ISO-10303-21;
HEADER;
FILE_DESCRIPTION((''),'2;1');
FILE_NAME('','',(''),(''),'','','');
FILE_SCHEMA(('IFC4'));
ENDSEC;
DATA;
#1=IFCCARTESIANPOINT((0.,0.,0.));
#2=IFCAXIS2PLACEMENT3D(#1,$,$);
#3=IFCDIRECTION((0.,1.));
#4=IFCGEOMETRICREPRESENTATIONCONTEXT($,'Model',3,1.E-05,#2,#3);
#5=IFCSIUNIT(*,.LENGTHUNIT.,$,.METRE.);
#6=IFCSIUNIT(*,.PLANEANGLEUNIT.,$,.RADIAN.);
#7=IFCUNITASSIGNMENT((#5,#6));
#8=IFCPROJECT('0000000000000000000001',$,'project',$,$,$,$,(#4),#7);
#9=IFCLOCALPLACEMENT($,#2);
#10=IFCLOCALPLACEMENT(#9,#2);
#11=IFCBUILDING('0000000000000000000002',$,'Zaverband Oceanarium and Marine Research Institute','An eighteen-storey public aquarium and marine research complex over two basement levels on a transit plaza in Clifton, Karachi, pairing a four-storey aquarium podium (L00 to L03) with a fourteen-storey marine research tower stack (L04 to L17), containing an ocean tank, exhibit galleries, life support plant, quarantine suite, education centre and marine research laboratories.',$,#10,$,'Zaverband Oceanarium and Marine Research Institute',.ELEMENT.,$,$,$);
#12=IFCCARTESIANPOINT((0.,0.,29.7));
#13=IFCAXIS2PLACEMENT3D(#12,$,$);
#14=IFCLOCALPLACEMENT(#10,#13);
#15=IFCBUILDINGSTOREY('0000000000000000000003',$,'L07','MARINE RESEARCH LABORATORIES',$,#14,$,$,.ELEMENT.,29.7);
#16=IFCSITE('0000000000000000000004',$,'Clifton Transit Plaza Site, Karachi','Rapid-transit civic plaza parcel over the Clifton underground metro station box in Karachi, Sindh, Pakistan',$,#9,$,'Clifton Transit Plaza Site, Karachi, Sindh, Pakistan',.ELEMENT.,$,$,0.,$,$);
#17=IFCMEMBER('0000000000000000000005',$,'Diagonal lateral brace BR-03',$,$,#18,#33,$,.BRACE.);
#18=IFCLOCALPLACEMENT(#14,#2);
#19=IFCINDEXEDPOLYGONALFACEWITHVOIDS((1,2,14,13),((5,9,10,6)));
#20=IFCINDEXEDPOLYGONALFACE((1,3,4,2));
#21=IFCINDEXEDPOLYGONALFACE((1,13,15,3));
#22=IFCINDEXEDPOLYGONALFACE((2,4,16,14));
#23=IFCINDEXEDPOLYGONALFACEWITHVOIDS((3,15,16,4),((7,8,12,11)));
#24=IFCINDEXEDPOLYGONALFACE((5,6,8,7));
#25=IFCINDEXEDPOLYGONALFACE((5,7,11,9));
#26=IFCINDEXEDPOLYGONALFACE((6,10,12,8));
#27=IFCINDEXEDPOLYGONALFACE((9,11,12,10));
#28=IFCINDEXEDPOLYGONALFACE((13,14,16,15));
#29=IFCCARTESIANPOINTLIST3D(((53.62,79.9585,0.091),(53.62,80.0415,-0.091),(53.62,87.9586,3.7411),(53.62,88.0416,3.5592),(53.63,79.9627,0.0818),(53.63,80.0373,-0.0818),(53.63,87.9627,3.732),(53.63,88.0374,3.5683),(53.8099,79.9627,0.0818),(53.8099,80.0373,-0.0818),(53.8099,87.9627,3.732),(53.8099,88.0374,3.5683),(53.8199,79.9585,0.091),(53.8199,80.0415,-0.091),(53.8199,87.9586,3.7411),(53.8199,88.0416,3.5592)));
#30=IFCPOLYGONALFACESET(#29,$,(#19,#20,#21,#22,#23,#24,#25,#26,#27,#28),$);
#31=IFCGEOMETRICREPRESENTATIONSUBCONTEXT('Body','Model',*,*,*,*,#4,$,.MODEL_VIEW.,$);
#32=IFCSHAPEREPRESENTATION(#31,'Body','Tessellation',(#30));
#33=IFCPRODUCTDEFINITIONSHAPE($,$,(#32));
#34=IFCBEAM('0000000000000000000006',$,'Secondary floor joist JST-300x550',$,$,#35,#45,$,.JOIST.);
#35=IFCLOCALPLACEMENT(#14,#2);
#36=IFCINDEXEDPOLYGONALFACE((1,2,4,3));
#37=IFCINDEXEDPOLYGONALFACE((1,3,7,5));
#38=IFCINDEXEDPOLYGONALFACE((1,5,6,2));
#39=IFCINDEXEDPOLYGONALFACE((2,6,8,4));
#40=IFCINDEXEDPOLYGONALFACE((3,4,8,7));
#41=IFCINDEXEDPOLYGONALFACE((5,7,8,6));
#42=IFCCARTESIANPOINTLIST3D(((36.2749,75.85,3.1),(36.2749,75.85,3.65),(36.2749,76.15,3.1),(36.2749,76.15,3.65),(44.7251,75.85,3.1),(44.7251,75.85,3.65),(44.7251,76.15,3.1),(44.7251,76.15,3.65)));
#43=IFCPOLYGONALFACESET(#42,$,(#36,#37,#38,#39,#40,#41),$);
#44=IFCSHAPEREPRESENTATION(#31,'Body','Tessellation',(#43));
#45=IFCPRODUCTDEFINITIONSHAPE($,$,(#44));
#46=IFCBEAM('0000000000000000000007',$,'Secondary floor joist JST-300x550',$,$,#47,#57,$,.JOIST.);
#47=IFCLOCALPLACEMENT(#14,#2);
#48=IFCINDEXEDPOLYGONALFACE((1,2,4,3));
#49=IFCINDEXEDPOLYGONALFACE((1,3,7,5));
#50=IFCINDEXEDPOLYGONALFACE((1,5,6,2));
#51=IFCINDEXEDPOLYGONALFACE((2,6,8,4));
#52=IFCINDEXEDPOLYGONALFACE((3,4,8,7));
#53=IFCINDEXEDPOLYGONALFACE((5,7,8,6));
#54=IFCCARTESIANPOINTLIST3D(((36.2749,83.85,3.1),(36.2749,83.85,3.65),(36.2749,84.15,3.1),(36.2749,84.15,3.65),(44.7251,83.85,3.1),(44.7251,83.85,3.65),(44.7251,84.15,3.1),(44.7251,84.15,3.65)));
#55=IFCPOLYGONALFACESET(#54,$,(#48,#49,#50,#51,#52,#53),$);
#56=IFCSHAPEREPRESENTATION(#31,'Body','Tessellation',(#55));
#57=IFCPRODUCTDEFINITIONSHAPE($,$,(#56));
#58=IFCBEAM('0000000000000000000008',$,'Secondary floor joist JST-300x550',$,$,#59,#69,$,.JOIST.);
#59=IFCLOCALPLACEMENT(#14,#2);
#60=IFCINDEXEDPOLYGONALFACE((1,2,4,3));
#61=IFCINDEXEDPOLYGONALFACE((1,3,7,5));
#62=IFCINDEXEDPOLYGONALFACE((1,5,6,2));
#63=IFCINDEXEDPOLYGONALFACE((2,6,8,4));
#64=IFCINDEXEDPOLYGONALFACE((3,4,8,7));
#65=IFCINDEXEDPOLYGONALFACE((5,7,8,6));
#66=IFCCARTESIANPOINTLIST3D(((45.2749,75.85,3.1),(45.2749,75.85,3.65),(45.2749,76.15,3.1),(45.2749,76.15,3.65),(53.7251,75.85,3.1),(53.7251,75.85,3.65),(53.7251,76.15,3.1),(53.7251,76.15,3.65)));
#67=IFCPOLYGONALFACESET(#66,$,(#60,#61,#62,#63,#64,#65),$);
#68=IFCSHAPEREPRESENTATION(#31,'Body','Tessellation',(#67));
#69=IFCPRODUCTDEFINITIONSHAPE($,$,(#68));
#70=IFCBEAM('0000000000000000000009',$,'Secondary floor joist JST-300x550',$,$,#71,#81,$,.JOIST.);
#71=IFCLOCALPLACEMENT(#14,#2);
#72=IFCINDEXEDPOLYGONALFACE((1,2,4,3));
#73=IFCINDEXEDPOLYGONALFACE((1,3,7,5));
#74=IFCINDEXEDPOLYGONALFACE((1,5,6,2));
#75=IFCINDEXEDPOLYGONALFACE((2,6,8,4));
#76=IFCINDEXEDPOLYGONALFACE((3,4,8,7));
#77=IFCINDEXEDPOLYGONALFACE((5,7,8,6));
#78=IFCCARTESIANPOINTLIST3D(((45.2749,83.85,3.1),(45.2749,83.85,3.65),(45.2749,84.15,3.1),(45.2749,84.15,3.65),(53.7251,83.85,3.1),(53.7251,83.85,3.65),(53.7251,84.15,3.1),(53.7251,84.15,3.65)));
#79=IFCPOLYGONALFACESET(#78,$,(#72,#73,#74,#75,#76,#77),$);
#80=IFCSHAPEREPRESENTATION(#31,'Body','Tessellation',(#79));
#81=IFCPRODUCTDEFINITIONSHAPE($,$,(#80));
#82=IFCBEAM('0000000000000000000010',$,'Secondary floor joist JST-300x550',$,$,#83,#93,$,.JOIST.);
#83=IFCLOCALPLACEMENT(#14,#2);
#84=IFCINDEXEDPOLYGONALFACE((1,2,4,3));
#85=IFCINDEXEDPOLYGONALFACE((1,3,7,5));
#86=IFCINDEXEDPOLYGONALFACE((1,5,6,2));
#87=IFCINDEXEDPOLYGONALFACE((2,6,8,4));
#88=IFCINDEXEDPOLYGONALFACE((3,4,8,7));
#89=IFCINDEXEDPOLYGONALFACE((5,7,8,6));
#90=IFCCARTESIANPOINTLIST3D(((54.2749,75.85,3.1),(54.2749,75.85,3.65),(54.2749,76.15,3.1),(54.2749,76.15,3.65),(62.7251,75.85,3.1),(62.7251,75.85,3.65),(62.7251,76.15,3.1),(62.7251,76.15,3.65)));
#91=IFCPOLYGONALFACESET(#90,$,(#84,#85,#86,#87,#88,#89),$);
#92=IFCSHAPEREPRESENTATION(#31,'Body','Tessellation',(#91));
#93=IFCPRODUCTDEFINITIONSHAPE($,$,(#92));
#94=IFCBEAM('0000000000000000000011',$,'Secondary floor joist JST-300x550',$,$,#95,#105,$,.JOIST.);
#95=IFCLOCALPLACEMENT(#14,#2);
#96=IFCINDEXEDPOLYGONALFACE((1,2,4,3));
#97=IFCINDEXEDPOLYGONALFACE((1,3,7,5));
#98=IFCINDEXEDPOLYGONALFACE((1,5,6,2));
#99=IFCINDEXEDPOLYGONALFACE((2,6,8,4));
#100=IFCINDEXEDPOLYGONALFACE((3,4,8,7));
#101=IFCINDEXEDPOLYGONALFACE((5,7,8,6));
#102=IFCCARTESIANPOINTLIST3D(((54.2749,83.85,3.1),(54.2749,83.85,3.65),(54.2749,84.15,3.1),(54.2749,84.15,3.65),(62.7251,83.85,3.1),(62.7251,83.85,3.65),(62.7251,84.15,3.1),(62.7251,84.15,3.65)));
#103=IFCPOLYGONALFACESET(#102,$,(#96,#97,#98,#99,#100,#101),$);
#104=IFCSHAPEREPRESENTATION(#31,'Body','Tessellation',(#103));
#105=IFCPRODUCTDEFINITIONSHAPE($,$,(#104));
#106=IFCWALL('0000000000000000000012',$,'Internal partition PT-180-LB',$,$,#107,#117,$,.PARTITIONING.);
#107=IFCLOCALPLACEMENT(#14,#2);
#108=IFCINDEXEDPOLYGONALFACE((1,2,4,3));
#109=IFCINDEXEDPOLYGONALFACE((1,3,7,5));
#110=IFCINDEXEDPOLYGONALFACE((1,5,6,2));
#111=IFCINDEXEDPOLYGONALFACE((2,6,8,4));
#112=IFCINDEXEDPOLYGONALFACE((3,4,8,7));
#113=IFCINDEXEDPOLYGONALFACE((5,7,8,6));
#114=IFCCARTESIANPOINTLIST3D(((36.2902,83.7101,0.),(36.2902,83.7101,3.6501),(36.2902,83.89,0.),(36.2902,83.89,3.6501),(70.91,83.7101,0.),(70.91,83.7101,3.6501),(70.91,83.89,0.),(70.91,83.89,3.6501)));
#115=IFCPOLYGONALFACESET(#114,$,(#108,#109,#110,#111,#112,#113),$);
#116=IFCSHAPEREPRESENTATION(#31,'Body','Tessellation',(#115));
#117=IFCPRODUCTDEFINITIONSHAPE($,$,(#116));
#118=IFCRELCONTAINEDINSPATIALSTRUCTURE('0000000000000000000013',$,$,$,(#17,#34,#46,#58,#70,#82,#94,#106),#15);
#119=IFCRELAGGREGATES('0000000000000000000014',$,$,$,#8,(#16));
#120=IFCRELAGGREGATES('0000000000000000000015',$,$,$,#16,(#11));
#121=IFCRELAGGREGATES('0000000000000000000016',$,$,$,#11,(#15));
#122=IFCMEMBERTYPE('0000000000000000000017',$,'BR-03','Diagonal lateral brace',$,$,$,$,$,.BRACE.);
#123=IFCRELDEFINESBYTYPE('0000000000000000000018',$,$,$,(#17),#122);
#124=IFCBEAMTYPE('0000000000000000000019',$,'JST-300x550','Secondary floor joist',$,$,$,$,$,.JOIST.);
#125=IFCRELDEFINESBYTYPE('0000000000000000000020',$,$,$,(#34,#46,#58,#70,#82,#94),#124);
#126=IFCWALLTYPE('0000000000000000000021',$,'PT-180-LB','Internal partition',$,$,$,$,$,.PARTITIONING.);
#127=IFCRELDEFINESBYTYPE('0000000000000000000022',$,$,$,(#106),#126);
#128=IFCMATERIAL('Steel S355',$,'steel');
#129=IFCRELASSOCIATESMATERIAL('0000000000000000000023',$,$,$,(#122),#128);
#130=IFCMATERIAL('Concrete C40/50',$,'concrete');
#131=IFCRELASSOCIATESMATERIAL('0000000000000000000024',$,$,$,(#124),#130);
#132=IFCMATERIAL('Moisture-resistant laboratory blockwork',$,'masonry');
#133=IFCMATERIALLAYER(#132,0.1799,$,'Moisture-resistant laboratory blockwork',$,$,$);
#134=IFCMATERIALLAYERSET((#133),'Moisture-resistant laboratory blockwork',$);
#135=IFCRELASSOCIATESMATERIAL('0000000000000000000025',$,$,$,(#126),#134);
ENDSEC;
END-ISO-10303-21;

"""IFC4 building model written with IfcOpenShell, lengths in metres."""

from ifc_helpers import new_model, si_unit, direction, frame, frame_2d, origin, origin_2d, place, context, subcontext, project, spatial, rectangle, hollow_rectangle, extrude, material, layer, layer_set, material_profile, profile_set, type_object, element, save


model = new_model("IFC4")

# Units and contexts
model_context = context("Model", 3, precision=1e-05, world=origin(), true_north=direction((0.0, 1.0)))
body_context = subcontext(model_context, "Body", "Model", "MODEL_VIEW")
ifc_project = project(units=[si_unit("LENGTHUNIT", "METRE"), si_unit("PLANEANGLEUNIT", "RADIAN")], contexts=[model_context])

# Site, building, storey
site_placement = place(None, origin())
site = spatial("IfcSite", under=ifc_project, at=site_placement, Name="Clifton Transit Plaza Site, Karachi", Description="Rapid-transit civic plaza parcel over the Clifton underground metro station box in Karachi, Sindh, Pakistan", LongName="Clifton Transit Plaza Site, Karachi, Sindh, Pakistan", CompositionType="ELEMENT", RefElevation=0.0)
building_placement = place(site_placement, origin())
building = spatial("IfcBuilding", under=site, at=building_placement, Name="Zaverband Oceanarium and Marine Research Institute", Description="An eighteen-storey public aquarium and marine research complex over two basement levels on a transit plaza in Clifton, Karachi, pairing a four-storey aquarium podium (L00 to L03) with a fourteen-storey marine research tower stack (L04 to L17), containing an ocean tank, exhibit galleries, life support plant, quarantine suite, education centre and marine research laboratories.", LongName="Zaverband Oceanarium and Marine Research Institute", CompositionType="ELEMENT")
storey_placement = place(building_placement, frame((0.0, 0.0, 29.7)))
storey = spatial("IfcBuildingStorey", under=building, at=storey_placement, Name="L07", Description="MARINE RESEARCH LABORATORIES", CompositionType="ELEMENT", Elevation=29.7)

# Shared definitions
ifc_material_1 = material(Name="Concrete C40/50", Category="concrete")

# Member
ifc_material_2 = material(Name="Steel S355", Category="steel")
ifc_material_profile_1 = material_profile(ifc_material_2, hollow_rectangle(XDim=0.2, YDim=0.2, WallThickness=0.01, at=origin_2d()), Name="SHS200x200x10")
ifc_profile_set_1 = profile_set([ifc_material_profile_1], Name="Steel S355")
member_type = type_object("IfcMemberType", Name="BR-03", Description="Diagonal lateral brace", PredefinedType="BRACE", material=ifc_profile_set_1)
member_placement = place(storey_placement, frame((53.72, 80.0, 0.0), z_axis=(0.0, 0.909775, 0.415102), x_axis=(-1.0, 0.0, 0.0)))
element("IfcMember", 1, at=member_placement, inside=storey, type_object=member_type, Name="Diagonal lateral brace BR-03", PredefinedType="BRACE", context=body_context, shape_type="SweptSolid", body=[
    extrude(hollow_rectangle(XDim=0.2, YDim=0.2, WallThickness=0.01, at=origin_2d()), origin(), (0.0, 0.0, 1.0), 8.7935),
])

# Beams
ifc_material_profile_2 = material_profile(ifc_material_1, rectangle(XDim=0.3, YDim=0.55, at=origin_2d()), Name="RC300x550")
ifc_profile_set_2 = profile_set([ifc_material_profile_2], Name="Concrete C40/50")
beam_type_1 = type_object("IfcBeamType", Name="JST-300x550", Description="Secondary floor joist", PredefinedType="JOIST", material=ifc_profile_set_2)
for number, where, z_axis, x_axis, name in (
    (2, (36.2749, 76.0, 3.375), (1.0, 0.0, 0.0), (0.0, 1.0, 0.0), "Secondary floor joist JST-300x550"),
    (3, (36.2749, 84.0, 3.375), (1.0, 0.0, 0.0), (0.0, 1.0, 0.0), "Secondary floor joist JST-300x550"),
    (4, (45.2749, 76.0, 3.375), (1.0, 0.0, 0.0), (0.0, 1.0, 0.0), "Secondary floor joist JST-300x550"),
    (5, (45.2749, 84.0, 3.375), (1.0, 0.0, 0.0), (0.0, 1.0, 0.0), "Secondary floor joist JST-300x550"),
    (6, (54.2749, 76.0, 3.375), (1.0, 0.0, 0.0), (0.0, 1.0, 0.0), "Secondary floor joist JST-300x550"),
    (7, (54.2749, 84.0, 3.375), (1.0, 0.0, 0.0), (0.0, 1.0, 0.0), "Secondary floor joist JST-300x550"),
):
    element("IfcBeam", number, at=place(storey_placement, frame(where, z_axis=z_axis, x_axis=x_axis)), inside=storey, type_object=beam_type_1, Name=name, PredefinedType="JOIST", context=body_context, shape_type="SweptSolid", body=[
        extrude(rectangle(XDim=0.3, YDim=0.55, at=origin_2d()), origin(), (0.0, 0.0, 1.0), 8.4502),
    ])

# Wall
ifc_material_3 = material(Name="Moisture-resistant laboratory blockwork", Category="masonry")
ifc_layer = layer(ifc_material_3, 0.1799, Name="Moisture-resistant laboratory blockwork")
ifc_layer_set = layer_set([ifc_layer], Name="Moisture-resistant laboratory blockwork")
wall_type = type_object("IfcWallType", Name="PT-180-LB", Description="Internal partition", PredefinedType="PARTITIONING", material=ifc_layer_set)
wall_placement = place(storey_placement, frame((36.29, 83.8, 0.0), z_axis=(0.0, 0.0, 1.0), x_axis=(1.0, 0.0, 0.0)))
element("IfcWall", 8, at=wall_placement, inside=storey, type_object=wall_type, Name="Internal partition PT-180-LB", PredefinedType="PARTITIONING", context=body_context, shape_type="SweptSolid", body=[
    extrude(rectangle(XDim=34.6199, YDim=0.1799, at=frame_2d((17.3101, 0.0))), origin(), (0.0, 0.0, 1.0), 3.6501),
])

save(model, "model.ifc")
